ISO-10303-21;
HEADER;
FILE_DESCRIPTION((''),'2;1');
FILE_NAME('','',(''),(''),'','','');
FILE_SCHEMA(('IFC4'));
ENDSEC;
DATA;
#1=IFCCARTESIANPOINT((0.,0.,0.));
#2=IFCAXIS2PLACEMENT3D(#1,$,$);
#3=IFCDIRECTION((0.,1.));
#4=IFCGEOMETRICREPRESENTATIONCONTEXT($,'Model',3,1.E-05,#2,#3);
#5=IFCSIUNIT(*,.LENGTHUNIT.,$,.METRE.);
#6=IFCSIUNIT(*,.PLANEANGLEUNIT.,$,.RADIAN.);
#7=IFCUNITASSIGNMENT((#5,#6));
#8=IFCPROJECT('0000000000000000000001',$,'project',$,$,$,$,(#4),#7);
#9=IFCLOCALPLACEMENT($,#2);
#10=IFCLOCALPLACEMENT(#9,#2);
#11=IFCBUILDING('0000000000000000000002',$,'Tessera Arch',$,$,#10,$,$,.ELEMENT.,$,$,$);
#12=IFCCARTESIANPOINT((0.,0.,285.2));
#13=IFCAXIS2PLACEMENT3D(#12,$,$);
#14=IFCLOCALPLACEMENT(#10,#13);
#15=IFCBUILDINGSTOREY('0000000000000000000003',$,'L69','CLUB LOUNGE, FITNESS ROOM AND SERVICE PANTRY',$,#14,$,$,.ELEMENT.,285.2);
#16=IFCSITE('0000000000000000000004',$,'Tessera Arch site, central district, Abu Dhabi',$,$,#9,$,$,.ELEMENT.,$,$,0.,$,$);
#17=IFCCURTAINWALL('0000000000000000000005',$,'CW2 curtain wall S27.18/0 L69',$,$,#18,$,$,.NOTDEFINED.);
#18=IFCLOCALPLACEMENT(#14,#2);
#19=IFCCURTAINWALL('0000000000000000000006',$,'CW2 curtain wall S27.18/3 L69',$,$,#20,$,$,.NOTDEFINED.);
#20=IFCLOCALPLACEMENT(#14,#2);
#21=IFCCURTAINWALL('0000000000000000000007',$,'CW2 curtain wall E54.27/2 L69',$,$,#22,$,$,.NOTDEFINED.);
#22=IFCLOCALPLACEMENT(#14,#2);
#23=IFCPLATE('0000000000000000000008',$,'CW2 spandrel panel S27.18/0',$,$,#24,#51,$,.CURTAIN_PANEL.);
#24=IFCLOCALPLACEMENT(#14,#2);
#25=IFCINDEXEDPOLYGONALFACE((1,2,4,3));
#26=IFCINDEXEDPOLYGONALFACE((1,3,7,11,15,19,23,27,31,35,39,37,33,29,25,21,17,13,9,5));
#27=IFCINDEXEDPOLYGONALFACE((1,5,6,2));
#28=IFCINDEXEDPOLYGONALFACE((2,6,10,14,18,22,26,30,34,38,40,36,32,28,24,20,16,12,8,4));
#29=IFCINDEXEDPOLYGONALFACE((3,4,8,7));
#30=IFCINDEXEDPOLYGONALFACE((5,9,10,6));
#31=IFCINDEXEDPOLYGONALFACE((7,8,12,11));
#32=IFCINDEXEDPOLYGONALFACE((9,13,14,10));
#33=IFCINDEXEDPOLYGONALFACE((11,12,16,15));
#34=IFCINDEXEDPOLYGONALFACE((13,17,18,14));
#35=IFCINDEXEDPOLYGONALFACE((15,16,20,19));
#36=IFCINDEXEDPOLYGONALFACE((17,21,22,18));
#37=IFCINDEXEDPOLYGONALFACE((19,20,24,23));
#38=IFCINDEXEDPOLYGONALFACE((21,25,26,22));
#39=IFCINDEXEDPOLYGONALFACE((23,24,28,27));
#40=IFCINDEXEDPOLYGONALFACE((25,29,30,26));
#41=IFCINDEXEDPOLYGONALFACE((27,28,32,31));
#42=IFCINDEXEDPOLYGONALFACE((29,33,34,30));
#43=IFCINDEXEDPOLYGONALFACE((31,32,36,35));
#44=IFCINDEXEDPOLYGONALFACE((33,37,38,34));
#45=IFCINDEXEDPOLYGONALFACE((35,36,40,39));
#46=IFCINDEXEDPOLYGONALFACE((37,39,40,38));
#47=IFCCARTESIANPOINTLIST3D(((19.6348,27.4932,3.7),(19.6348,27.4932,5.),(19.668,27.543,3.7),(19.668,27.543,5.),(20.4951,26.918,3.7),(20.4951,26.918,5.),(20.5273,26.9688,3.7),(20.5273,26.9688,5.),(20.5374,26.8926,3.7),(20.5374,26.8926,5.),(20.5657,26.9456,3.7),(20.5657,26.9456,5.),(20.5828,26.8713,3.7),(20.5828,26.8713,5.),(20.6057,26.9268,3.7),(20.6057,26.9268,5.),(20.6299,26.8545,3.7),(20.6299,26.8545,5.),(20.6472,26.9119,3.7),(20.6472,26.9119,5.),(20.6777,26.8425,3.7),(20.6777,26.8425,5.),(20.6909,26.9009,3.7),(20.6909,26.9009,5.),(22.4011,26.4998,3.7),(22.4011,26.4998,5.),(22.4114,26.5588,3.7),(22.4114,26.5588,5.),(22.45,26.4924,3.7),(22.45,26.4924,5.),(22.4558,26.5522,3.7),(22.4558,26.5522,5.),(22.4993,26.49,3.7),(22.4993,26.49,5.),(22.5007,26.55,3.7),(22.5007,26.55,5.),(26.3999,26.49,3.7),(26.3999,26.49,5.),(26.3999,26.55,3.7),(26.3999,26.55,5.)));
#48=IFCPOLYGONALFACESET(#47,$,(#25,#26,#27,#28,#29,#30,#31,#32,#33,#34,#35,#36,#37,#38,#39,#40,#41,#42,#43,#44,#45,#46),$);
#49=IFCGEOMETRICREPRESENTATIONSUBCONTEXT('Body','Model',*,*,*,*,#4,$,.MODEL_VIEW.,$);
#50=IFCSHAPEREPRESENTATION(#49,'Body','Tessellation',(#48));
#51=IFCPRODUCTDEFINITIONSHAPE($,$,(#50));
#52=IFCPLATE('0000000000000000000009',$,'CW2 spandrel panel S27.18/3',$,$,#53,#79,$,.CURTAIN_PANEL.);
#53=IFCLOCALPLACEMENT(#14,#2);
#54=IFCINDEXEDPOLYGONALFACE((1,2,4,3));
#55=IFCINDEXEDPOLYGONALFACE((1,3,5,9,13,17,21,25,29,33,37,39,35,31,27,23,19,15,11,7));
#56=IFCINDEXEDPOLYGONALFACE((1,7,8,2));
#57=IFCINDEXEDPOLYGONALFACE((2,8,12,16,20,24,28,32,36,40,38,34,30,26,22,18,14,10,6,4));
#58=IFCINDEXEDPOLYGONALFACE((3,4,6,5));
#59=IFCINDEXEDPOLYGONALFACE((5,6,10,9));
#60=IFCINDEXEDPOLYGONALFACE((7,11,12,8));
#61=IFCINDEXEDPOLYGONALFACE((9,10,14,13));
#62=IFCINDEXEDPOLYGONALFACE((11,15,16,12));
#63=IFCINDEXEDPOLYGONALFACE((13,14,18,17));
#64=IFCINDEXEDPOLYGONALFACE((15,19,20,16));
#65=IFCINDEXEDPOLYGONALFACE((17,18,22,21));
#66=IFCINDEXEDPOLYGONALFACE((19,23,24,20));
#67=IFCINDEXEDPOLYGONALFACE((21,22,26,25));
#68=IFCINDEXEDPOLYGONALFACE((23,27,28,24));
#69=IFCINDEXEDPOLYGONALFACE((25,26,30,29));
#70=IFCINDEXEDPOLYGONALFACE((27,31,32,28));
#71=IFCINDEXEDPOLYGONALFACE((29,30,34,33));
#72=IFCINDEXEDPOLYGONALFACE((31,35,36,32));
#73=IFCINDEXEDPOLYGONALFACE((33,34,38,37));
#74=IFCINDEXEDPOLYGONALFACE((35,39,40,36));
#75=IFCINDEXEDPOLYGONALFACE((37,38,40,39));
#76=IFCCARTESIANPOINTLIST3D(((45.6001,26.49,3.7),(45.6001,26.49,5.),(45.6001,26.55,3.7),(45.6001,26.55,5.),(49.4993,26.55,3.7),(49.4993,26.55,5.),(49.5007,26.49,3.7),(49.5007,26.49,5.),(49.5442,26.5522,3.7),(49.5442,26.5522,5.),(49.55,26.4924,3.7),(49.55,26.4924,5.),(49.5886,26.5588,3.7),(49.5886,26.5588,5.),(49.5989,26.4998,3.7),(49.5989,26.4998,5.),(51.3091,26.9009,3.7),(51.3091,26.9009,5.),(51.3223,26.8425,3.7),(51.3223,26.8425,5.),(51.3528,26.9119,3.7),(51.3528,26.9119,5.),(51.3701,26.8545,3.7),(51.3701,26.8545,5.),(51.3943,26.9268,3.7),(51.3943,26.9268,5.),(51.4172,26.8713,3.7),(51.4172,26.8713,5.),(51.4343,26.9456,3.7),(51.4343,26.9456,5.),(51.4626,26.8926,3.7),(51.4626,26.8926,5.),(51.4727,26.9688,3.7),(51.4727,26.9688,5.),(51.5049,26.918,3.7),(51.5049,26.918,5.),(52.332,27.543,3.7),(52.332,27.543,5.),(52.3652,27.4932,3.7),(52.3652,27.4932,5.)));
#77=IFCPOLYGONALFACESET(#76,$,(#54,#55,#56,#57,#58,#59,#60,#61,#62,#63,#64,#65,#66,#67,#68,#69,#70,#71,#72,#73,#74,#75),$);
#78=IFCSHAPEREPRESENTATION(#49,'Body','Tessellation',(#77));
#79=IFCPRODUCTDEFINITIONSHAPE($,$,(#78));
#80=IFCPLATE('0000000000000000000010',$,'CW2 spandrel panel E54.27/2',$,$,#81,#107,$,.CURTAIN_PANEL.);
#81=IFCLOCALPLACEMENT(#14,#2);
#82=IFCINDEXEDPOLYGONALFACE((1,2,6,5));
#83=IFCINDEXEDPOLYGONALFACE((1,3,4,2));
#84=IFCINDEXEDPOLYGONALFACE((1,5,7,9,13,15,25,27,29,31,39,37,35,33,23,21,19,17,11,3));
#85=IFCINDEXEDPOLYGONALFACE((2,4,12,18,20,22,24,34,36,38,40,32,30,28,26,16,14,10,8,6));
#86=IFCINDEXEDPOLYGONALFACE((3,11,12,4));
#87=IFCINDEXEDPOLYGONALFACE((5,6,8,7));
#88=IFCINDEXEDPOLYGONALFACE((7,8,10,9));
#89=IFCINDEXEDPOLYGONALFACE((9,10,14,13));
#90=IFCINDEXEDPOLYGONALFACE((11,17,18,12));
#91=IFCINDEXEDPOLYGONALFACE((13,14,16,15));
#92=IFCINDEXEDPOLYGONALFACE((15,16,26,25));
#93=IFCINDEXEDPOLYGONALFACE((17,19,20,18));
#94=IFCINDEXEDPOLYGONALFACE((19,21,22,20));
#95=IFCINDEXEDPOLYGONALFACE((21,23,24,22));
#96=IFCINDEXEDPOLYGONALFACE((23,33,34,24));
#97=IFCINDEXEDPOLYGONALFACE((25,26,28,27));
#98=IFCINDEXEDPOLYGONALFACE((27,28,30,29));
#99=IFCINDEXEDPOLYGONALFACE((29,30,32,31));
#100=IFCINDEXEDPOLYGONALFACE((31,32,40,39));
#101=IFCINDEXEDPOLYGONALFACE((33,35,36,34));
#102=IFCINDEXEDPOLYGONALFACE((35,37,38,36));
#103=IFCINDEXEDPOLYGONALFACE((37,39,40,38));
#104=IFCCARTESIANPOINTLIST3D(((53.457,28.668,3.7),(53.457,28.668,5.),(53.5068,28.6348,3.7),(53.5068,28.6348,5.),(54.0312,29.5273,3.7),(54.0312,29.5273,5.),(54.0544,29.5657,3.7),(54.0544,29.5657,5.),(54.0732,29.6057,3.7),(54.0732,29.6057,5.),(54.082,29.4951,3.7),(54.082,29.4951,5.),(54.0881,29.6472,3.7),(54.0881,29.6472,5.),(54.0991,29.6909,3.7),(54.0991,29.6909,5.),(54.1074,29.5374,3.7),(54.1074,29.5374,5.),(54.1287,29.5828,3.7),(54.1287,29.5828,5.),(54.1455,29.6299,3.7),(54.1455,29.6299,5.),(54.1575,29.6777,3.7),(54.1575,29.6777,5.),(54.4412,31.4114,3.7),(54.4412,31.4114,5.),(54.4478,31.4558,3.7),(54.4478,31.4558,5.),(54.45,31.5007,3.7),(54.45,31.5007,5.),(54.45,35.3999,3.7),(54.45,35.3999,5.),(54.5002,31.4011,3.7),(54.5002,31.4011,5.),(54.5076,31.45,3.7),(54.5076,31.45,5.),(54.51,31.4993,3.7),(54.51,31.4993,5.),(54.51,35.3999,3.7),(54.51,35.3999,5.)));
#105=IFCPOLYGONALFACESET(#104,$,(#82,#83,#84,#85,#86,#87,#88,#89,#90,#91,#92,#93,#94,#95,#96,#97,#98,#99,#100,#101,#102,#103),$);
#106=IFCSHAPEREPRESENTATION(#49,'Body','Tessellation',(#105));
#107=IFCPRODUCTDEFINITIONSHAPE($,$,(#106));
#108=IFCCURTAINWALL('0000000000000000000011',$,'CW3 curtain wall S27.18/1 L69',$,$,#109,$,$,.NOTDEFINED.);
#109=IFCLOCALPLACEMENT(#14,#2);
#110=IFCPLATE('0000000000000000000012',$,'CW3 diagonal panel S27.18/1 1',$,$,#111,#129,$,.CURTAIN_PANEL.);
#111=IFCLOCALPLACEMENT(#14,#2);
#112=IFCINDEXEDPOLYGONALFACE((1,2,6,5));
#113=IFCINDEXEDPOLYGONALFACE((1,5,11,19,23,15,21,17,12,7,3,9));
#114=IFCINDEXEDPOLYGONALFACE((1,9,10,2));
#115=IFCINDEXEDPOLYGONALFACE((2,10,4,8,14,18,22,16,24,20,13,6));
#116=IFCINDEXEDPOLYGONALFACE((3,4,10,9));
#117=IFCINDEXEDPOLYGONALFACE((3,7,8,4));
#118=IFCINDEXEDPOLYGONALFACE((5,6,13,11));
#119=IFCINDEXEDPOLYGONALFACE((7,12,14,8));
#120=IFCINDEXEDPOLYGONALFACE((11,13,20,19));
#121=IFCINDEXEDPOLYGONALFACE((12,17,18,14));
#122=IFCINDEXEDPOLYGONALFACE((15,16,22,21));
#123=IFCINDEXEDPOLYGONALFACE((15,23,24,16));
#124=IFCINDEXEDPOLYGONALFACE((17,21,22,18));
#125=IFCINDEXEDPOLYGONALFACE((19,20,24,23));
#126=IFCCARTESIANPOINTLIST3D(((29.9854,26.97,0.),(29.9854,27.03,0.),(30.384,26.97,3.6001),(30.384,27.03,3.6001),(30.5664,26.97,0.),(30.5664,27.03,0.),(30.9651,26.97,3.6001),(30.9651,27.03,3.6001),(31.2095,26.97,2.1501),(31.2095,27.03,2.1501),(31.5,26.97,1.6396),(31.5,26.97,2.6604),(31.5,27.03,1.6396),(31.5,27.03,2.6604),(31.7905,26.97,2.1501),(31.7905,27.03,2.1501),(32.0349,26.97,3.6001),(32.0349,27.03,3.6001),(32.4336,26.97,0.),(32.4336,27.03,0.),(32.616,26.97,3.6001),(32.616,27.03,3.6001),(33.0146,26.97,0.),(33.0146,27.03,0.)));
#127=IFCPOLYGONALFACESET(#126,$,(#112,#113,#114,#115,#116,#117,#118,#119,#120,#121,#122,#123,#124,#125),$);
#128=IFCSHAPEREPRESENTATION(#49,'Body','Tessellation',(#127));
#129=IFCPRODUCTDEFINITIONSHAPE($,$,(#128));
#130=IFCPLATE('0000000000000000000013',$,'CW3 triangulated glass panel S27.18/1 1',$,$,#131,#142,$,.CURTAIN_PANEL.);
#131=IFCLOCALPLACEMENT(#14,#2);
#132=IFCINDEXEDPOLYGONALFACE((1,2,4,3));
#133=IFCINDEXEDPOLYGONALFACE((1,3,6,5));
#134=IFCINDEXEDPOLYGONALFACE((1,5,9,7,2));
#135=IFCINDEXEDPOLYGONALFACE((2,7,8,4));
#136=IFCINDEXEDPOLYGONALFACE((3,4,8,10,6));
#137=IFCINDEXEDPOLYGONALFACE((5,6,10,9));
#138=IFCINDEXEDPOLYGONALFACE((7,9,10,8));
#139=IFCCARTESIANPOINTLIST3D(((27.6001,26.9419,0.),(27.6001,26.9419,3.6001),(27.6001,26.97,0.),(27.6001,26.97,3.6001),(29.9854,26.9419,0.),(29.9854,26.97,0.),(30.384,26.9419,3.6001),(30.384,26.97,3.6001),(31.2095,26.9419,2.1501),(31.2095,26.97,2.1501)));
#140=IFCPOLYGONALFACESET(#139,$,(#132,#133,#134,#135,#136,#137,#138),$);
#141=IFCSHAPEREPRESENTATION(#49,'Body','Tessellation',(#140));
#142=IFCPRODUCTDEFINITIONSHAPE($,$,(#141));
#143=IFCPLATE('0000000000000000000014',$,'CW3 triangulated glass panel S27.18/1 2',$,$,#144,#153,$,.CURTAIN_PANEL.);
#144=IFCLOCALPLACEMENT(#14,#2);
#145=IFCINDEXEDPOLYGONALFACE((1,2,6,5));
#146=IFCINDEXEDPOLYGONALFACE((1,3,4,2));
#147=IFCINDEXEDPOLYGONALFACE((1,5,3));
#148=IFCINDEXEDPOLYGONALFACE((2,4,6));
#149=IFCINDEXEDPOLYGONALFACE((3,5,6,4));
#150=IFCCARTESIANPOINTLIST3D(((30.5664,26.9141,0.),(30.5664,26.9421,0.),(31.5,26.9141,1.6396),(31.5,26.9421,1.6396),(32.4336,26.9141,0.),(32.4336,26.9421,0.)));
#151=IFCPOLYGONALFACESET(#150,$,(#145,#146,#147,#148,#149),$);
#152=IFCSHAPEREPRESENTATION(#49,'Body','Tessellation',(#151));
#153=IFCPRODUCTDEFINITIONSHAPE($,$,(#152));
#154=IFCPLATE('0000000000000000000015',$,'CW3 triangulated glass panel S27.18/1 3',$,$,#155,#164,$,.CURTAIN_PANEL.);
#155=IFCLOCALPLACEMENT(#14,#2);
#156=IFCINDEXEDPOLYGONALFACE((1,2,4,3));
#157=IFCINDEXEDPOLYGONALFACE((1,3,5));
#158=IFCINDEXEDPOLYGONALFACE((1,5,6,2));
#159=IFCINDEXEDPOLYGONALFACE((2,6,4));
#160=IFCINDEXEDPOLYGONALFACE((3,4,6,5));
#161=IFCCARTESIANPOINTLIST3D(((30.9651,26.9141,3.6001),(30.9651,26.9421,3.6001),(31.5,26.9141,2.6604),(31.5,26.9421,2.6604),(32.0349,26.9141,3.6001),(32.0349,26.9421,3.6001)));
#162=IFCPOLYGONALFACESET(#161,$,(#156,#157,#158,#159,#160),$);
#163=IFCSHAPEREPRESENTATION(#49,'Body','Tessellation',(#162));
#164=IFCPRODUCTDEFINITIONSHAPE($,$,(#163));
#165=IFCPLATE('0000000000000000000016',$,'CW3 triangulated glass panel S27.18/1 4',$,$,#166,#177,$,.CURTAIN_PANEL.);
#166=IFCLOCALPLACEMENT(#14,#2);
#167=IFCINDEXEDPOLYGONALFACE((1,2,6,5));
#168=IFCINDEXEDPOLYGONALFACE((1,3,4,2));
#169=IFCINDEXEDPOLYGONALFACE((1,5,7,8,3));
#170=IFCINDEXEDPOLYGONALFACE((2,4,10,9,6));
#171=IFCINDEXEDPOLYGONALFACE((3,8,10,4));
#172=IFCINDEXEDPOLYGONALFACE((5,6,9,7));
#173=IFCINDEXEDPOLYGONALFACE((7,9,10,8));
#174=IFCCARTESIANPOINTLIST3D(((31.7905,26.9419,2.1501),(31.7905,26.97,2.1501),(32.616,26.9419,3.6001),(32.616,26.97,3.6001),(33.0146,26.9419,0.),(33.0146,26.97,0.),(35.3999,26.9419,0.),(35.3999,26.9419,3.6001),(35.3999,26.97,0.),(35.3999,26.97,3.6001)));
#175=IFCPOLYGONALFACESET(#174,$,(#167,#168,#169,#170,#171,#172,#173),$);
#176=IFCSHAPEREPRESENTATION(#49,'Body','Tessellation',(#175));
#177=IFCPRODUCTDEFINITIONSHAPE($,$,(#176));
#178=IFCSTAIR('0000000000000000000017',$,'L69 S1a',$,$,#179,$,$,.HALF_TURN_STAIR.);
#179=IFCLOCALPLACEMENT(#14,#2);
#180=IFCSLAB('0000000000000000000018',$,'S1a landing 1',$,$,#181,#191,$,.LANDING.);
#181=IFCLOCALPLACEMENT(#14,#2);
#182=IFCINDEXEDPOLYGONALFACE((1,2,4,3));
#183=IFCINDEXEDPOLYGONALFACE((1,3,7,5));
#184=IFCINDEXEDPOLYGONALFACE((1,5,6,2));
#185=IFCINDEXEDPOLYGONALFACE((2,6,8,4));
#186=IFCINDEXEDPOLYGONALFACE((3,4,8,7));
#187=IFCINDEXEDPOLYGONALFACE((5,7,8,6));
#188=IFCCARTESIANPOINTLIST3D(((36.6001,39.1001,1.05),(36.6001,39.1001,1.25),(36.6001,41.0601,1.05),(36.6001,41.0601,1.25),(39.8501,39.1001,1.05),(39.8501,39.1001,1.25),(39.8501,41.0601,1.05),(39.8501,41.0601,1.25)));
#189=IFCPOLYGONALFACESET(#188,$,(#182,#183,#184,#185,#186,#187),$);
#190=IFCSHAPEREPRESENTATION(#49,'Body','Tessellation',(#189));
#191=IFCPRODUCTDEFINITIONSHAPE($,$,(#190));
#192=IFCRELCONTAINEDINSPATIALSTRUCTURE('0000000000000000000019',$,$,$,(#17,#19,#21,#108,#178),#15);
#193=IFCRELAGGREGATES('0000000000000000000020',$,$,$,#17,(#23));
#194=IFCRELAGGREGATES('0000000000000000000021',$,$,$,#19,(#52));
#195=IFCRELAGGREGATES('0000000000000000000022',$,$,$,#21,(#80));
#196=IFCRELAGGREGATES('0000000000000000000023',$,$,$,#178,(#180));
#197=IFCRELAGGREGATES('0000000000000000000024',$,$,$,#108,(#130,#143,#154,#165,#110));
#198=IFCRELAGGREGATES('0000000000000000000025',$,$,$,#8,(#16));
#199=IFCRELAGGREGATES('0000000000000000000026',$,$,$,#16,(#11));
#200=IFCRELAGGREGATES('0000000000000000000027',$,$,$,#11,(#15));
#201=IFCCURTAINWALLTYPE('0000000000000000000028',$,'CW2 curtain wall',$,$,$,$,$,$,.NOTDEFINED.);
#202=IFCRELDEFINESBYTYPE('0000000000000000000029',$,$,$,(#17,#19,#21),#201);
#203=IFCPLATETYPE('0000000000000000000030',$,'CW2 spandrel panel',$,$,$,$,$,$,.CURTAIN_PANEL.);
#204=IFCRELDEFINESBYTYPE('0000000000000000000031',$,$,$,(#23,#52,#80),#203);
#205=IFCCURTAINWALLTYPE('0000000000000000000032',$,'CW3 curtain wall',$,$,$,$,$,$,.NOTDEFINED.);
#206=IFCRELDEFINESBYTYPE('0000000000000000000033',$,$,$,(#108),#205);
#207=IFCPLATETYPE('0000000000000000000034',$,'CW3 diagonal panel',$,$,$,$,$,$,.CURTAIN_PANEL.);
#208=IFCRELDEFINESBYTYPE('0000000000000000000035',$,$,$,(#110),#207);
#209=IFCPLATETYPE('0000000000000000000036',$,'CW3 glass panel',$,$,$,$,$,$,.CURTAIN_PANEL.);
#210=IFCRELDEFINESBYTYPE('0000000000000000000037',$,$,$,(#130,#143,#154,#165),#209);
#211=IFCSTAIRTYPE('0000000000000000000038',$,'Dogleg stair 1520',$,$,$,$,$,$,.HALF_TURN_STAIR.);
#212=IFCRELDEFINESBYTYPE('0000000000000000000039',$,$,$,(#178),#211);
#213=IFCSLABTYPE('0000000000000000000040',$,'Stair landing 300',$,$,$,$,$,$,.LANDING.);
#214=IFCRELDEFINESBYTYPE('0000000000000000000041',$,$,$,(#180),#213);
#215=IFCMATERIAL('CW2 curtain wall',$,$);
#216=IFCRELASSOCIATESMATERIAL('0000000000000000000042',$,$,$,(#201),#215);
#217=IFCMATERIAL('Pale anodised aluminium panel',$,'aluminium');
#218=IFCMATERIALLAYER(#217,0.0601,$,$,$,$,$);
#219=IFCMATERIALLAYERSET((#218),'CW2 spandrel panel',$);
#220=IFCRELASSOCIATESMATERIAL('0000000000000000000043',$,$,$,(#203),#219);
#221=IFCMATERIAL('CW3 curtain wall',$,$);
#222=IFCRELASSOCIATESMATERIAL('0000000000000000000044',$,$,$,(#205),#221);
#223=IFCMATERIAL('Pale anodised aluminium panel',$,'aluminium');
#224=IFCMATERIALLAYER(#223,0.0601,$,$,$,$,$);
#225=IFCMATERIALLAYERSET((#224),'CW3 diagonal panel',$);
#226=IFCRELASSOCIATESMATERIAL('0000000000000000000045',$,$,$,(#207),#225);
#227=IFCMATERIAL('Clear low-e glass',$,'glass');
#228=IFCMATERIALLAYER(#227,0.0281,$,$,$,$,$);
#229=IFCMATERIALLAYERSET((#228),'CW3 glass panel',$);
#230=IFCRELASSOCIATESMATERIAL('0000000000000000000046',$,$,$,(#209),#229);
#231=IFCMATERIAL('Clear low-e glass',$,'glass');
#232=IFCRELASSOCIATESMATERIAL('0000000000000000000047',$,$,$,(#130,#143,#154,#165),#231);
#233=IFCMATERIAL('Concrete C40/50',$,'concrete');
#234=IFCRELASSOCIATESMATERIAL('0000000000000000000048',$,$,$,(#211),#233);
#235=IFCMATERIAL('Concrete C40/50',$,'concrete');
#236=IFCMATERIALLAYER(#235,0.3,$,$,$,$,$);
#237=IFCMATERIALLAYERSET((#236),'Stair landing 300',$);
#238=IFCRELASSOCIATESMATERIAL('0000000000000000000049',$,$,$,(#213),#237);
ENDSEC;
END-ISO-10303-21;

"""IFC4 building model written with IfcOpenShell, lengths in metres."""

from ifc_helpers import new_model, si_unit, direction, frame, origin, place, context, subcontext, project, spatial, polyline, outline, extrude, material, layer, layer_set, type_object, element, aggregate, save


model = new_model("IFC4")

# Units and contexts
model_context = context("Model", 3, precision=1e-05, world=origin(), true_north=direction((0.0, 1.0)))
body_context = subcontext(model_context, "Body", "Model", "MODEL_VIEW")
ifc_project = project(units=[si_unit("LENGTHUNIT", "METRE"), si_unit("PLANEANGLEUNIT", "RADIAN")], contexts=[model_context])

# Site, building, storey
site_placement = place(None, origin())
site = spatial("IfcSite", under=ifc_project, at=site_placement, Name="Tessera Arch site, central district, Abu Dhabi", CompositionType="ELEMENT", RefElevation=0.0)
building_placement = place(site_placement, origin())
building = spatial("IfcBuilding", under=site, at=building_placement, Name="Tessera Arch", CompositionType="ELEMENT")
storey_placement = place(building_placement, frame((0.0, 0.0, 285.2)))
storey = spatial("IfcBuildingStorey", under=building, at=storey_placement, Name="L69", Description="CLUB LOUNGE, FITNESS ROOM AND SERVICE PANTRY", CompositionType="ELEMENT", Elevation=285.2)

# Curtain wall
ifc_material_1 = material(Name="CW2 curtain wall")
curtain_wall_type_1 = type_object("IfcCurtainWallType", Name="CW2 curtain wall", PredefinedType="NOTDEFINED", material=ifc_material_1)
curtain_wall_1_placement = place(storey_placement, origin())
curtain_wall_1 = element("IfcCurtainWall", 1, at=curtain_wall_1_placement, inside=storey, type_object=curtain_wall_type_1, Name="CW2 curtain wall S27.18/0 L69", PredefinedType="NOTDEFINED")

# Curtain walls
curtain_wall_2_placement = place(storey_placement, origin())
curtain_wall_2 = element("IfcCurtainWall", 2, at=curtain_wall_2_placement, inside=storey, type_object=curtain_wall_type_1, Name="CW2 curtain wall S27.18/3 L69", PredefinedType="NOTDEFINED")
curtain_wall_3_placement = place(storey_placement, origin())
curtain_wall_3 = element("IfcCurtainWall", 3, at=curtain_wall_3_placement, inside=storey, type_object=curtain_wall_type_1, Name="CW2 curtain wall E54.27/2 L69", PredefinedType="NOTDEFINED")

# Plates
ifc_material_2 = material(Name="Clear low-e glass", Category="glass")
ifc_material_3 = material(Name="Pale anodised aluminium panel", Category="aluminium")
ifc_layer_1 = layer(ifc_material_3, 0.0601)
ifc_layer_set_1 = layer_set([ifc_layer_1], Name="CW2 spandrel panel")
plate_type_1 = type_object("IfcPlateType", Name="CW2 spandrel panel", PredefinedType="CURTAIN_PANEL", material=ifc_layer_set_1)
plate_1_placement = place(storey_placement, frame((0.0, 0.0, 3.7)))
plate_1 = element("IfcPlate", 4, at=plate_1_placement, type_object=plate_type_1, Name="CW2 spandrel panel S27.18/0", PredefinedType="CURTAIN_PANEL", context=body_context, shape_type="SweptSolid", body=[
    extrude(outline(polyline([(20.5273, 26.9688), (19.668, 27.543), (19.6348, 27.4932), (20.4951, 26.918), (20.5374, 26.8926), (20.5828, 26.8713), (20.6299, 26.8545), (20.6777, 26.8425), (22.4011, 26.4998), (22.45, 26.4924), (22.4993, 26.49), (26.3999, 26.49), (26.3999, 26.55), (22.5007, 26.55), (22.4558, 26.5522), (22.4114, 26.5588), (20.6909, 26.9009), (20.6472, 26.9119), (20.6057, 26.9268), (20.5657, 26.9456), (20.5273, 26.9688)])), origin(), (0.0, 0.0, 1.0), 1.3),
])
aggregate(curtain_wall_1, [plate_1])
plate_2_placement = place(storey_placement, frame((0.0, 0.0, 3.7)))
plate_2 = element("IfcPlate", 5, at=plate_2_placement, type_object=plate_type_1, Name="CW2 spandrel panel S27.18/3", PredefinedType="CURTAIN_PANEL", context=body_context, shape_type="SweptSolid", body=[
    extrude(outline(polyline([(49.4993, 26.55), (45.6001, 26.55), (45.6001, 26.49), (49.5007, 26.49), (49.55, 26.4924), (49.5989, 26.4998), (51.3223, 26.8425), (51.3701, 26.8545), (51.4172, 26.8713), (51.4626, 26.8926), (51.5049, 26.918), (52.3652, 27.4932), (52.332, 27.543), (51.4727, 26.9688), (51.4343, 26.9456), (51.3943, 26.9268), (51.3528, 26.9119), (51.3091, 26.9009), (49.5886, 26.5588), (49.5442, 26.5522), (49.4993, 26.55)])), origin(), (0.0, 0.0, 1.0), 1.3),
])
aggregate(curtain_wall_2, [plate_2])
plate_3_placement = place(storey_placement, frame((0.0, 0.0, 3.7)))
plate_3 = element("IfcPlate", 6, at=plate_3_placement, type_object=plate_type_1, Name="CW2 spandrel panel E54.27/2", PredefinedType="CURTAIN_PANEL", context=body_context, shape_type="SweptSolid", body=[
    extrude(outline(polyline([(54.0312, 29.5273), (53.457, 28.668), (53.5068, 28.6348), (54.082, 29.4951), (54.1074, 29.5374), (54.1287, 29.5828), (54.1455, 29.6299), (54.1575, 29.6777), (54.5002, 31.4011), (54.5076, 31.45), (54.51, 31.4993), (54.51, 35.3999), (54.45, 35.3999), (54.45, 31.5007), (54.4478, 31.4558), (54.4412, 31.4114), (54.0991, 29.6909), (54.0881, 29.6472), (54.0732, 29.6057), (54.0544, 29.5657), (54.0312, 29.5273)])), origin(), (0.0, 0.0, 1.0), 1.3),
])
aggregate(curtain_wall_3, [plate_3])

# Curtain wall, plates
ifc_material_4 = material(Name="CW3 curtain wall")
curtain_wall_type_2 = type_object("IfcCurtainWallType", Name="CW3 curtain wall", PredefinedType="NOTDEFINED", material=ifc_material_4)
curtain_wall_4_placement = place(storey_placement, origin())
curtain_wall_4 = element("IfcCurtainWall", 7, at=curtain_wall_4_placement, inside=storey, type_object=curtain_wall_type_2, Name="CW3 curtain wall S27.18/1 L69", PredefinedType="NOTDEFINED")
ifc_material_5 = material(Name="Pale anodised aluminium panel", Category="aluminium")
ifc_layer_2 = layer(ifc_material_5, 0.0601)
ifc_layer_set_2 = layer_set([ifc_layer_2], Name="CW3 diagonal panel")
plate_type_2 = type_object("IfcPlateType", Name="CW3 diagonal panel", PredefinedType="CURTAIN_PANEL", material=ifc_layer_set_2)
plate_4_placement = place(storey_placement, frame((32.616, 26.97, 3.6001), z_axis=(0.0, -1.0, 0.0), x_axis=(-1.0, 0.0, 0.0)))
plate_4 = element("IfcPlate", 8, at=plate_4_placement, type_object=plate_type_2, Name="CW3 diagonal panel S27.18/1 1", PredefinedType="CURTAIN_PANEL", context=body_context, shape_type="SweptSolid", body=[
    extrude(outline(polyline([(0.0, 0.0), (0.5811, 0.0), (1.116, 0.9397), (1.6509, 0.0), (2.2319, 0.0), (1.4065, 1.45), (2.6306, 3.6001), (2.0496, 3.6001), (1.116, 1.9604), (0.1824, 3.6001), (-0.3987, 3.6001), (0.8254, 1.45), (0.0, 0.0)])), origin(), (0.0, 0.0, -1.0), 0.0601),
])
ifc_material_6 = material(Name="Clear low-e glass", Category="glass")
ifc_layer_3 = layer(ifc_material_6, 0.0281)
ifc_layer_set_3 = layer_set([ifc_layer_3], Name="CW3 glass panel")
plate_type_3 = type_object("IfcPlateType", Name="CW3 glass panel", PredefinedType="CURTAIN_PANEL", material=ifc_layer_set_3)
plate_5_placement = place(storey_placement, frame((27.6001, 26.9419, 0.0), z_axis=(0.0, -1.0, 0.0), x_axis=(1.0, 0.0, 0.0)))
plate_5 = element("IfcPlate", 9, at=plate_5_placement, type_object=plate_type_3, material=ifc_material_2, Name="CW3 triangulated glass panel S27.18/1 1", PredefinedType="CURTAIN_PANEL", context=body_context, shape_type="SweptSolid", body=[
    extrude(outline(polyline([(0.0, 0.0), (2.3853, 0.0), (3.6094, 2.1501), (2.7839, 3.6001), (0.0, 3.6001), (0.0, 0.0)])), origin(), (0.0, 0.0, -1.0), 0.0281),
])
plate_6_placement = place(storey_placement, frame((30.5664, 26.9141, 0.0), z_axis=(0.0, -1.0, 0.0), x_axis=(1.0, 0.0, 0.0)))
plate_6 = element("IfcPlate", 10, at=plate_6_placement, type_object=plate_type_3, material=ifc_material_2, Name="CW3 triangulated glass panel S27.18/1 2", PredefinedType="CURTAIN_PANEL", context=body_context, shape_type="SweptSolid", body=[
    extrude(outline(polyline([(0.0, 0.0), (1.8672, 0.0), (0.9336, 1.6396), (0.0, 0.0)])), origin(), (0.0, 0.0, -1.0), 0.0281),
])
plate_7_placement = place(storey_placement, frame((32.0349, 26.9141, 3.6001), z_axis=(0.0, -1.0, 0.0), x_axis=(-1.0, 0.0, 0.0)))
plate_7 = element("IfcPlate", 11, at=plate_7_placement, type_object=plate_type_3, material=ifc_material_2, Name="CW3 triangulated glass panel S27.18/1 3", PredefinedType="CURTAIN_PANEL", context=body_context, shape_type="SweptSolid", body=[
    extrude(outline(polyline([(0.0, 0.0), (1.0698, 0.0), (0.5349, 0.9397), (0.0, 0.0)])), origin(), (0.0, 0.0, -1.0), 0.0281),
])
plate_8_placement = place(storey_placement, frame((35.3999, 26.9419, 3.6001), z_axis=(0.0, -1.0, 0.0), x_axis=(-1.0, 0.0, 0.0)))
plate_8 = element("IfcPlate", 12, at=plate_8_placement, type_object=plate_type_3, material=ifc_material_2, Name="CW3 triangulated glass panel S27.18/1 4", PredefinedType="CURTAIN_PANEL", context=body_context, shape_type="SweptSolid", body=[
    extrude(outline(polyline([(0.0, 0.0), (2.7839, 0.0), (3.6094, 1.45), (2.3853, 3.6001), (0.0, 3.6001), (0.0, 0.0)])), origin(), (0.0, 0.0, -1.0), 0.0281),
])

# Stair, slab
ifc_material_7 = material(Name="Concrete C40/50", Category="concrete")
stair_type = type_object("IfcStairType", Name="Dogleg stair 1520", PredefinedType="HALF_TURN_STAIR", material=ifc_material_7)
stair_1_placement = place(storey_placement, origin())
stair_1 = element("IfcStair", 13, at=stair_1_placement, inside=storey, type_object=stair_type, Name="L69 S1a", PredefinedType="HALF_TURN_STAIR")
ifc_material_8 = material(Name="Concrete C40/50", Category="concrete")
ifc_layer_4 = layer(ifc_material_8, 0.3)
ifc_layer_set_4 = layer_set([ifc_layer_4], Name="Stair landing 300")
slab_type = type_object("IfcSlabType", Name="Stair landing 300", PredefinedType="LANDING", material=ifc_layer_set_4)
slab_1_placement = place(storey_placement, frame((0.0, 0.0, 1.05)))
slab_1 = element("IfcSlab", 14, at=slab_1_placement, type_object=slab_type, Name="S1a landing 1", PredefinedType="LANDING", context=body_context, shape_type="SweptSolid", body=[
    extrude(outline(polyline([(36.6001, 41.0601), (36.6001, 39.1001), (39.8501, 39.1001), (39.8501, 41.0601), (36.6001, 41.0601)])), origin(), (0.0, 0.0, 1.0), 0.2),
])
aggregate(stair_1, [slab_1])

aggregate(curtain_wall_4, [plate_5, plate_6, plate_7, plate_8, plate_4])

save(model, "model.ifc")
